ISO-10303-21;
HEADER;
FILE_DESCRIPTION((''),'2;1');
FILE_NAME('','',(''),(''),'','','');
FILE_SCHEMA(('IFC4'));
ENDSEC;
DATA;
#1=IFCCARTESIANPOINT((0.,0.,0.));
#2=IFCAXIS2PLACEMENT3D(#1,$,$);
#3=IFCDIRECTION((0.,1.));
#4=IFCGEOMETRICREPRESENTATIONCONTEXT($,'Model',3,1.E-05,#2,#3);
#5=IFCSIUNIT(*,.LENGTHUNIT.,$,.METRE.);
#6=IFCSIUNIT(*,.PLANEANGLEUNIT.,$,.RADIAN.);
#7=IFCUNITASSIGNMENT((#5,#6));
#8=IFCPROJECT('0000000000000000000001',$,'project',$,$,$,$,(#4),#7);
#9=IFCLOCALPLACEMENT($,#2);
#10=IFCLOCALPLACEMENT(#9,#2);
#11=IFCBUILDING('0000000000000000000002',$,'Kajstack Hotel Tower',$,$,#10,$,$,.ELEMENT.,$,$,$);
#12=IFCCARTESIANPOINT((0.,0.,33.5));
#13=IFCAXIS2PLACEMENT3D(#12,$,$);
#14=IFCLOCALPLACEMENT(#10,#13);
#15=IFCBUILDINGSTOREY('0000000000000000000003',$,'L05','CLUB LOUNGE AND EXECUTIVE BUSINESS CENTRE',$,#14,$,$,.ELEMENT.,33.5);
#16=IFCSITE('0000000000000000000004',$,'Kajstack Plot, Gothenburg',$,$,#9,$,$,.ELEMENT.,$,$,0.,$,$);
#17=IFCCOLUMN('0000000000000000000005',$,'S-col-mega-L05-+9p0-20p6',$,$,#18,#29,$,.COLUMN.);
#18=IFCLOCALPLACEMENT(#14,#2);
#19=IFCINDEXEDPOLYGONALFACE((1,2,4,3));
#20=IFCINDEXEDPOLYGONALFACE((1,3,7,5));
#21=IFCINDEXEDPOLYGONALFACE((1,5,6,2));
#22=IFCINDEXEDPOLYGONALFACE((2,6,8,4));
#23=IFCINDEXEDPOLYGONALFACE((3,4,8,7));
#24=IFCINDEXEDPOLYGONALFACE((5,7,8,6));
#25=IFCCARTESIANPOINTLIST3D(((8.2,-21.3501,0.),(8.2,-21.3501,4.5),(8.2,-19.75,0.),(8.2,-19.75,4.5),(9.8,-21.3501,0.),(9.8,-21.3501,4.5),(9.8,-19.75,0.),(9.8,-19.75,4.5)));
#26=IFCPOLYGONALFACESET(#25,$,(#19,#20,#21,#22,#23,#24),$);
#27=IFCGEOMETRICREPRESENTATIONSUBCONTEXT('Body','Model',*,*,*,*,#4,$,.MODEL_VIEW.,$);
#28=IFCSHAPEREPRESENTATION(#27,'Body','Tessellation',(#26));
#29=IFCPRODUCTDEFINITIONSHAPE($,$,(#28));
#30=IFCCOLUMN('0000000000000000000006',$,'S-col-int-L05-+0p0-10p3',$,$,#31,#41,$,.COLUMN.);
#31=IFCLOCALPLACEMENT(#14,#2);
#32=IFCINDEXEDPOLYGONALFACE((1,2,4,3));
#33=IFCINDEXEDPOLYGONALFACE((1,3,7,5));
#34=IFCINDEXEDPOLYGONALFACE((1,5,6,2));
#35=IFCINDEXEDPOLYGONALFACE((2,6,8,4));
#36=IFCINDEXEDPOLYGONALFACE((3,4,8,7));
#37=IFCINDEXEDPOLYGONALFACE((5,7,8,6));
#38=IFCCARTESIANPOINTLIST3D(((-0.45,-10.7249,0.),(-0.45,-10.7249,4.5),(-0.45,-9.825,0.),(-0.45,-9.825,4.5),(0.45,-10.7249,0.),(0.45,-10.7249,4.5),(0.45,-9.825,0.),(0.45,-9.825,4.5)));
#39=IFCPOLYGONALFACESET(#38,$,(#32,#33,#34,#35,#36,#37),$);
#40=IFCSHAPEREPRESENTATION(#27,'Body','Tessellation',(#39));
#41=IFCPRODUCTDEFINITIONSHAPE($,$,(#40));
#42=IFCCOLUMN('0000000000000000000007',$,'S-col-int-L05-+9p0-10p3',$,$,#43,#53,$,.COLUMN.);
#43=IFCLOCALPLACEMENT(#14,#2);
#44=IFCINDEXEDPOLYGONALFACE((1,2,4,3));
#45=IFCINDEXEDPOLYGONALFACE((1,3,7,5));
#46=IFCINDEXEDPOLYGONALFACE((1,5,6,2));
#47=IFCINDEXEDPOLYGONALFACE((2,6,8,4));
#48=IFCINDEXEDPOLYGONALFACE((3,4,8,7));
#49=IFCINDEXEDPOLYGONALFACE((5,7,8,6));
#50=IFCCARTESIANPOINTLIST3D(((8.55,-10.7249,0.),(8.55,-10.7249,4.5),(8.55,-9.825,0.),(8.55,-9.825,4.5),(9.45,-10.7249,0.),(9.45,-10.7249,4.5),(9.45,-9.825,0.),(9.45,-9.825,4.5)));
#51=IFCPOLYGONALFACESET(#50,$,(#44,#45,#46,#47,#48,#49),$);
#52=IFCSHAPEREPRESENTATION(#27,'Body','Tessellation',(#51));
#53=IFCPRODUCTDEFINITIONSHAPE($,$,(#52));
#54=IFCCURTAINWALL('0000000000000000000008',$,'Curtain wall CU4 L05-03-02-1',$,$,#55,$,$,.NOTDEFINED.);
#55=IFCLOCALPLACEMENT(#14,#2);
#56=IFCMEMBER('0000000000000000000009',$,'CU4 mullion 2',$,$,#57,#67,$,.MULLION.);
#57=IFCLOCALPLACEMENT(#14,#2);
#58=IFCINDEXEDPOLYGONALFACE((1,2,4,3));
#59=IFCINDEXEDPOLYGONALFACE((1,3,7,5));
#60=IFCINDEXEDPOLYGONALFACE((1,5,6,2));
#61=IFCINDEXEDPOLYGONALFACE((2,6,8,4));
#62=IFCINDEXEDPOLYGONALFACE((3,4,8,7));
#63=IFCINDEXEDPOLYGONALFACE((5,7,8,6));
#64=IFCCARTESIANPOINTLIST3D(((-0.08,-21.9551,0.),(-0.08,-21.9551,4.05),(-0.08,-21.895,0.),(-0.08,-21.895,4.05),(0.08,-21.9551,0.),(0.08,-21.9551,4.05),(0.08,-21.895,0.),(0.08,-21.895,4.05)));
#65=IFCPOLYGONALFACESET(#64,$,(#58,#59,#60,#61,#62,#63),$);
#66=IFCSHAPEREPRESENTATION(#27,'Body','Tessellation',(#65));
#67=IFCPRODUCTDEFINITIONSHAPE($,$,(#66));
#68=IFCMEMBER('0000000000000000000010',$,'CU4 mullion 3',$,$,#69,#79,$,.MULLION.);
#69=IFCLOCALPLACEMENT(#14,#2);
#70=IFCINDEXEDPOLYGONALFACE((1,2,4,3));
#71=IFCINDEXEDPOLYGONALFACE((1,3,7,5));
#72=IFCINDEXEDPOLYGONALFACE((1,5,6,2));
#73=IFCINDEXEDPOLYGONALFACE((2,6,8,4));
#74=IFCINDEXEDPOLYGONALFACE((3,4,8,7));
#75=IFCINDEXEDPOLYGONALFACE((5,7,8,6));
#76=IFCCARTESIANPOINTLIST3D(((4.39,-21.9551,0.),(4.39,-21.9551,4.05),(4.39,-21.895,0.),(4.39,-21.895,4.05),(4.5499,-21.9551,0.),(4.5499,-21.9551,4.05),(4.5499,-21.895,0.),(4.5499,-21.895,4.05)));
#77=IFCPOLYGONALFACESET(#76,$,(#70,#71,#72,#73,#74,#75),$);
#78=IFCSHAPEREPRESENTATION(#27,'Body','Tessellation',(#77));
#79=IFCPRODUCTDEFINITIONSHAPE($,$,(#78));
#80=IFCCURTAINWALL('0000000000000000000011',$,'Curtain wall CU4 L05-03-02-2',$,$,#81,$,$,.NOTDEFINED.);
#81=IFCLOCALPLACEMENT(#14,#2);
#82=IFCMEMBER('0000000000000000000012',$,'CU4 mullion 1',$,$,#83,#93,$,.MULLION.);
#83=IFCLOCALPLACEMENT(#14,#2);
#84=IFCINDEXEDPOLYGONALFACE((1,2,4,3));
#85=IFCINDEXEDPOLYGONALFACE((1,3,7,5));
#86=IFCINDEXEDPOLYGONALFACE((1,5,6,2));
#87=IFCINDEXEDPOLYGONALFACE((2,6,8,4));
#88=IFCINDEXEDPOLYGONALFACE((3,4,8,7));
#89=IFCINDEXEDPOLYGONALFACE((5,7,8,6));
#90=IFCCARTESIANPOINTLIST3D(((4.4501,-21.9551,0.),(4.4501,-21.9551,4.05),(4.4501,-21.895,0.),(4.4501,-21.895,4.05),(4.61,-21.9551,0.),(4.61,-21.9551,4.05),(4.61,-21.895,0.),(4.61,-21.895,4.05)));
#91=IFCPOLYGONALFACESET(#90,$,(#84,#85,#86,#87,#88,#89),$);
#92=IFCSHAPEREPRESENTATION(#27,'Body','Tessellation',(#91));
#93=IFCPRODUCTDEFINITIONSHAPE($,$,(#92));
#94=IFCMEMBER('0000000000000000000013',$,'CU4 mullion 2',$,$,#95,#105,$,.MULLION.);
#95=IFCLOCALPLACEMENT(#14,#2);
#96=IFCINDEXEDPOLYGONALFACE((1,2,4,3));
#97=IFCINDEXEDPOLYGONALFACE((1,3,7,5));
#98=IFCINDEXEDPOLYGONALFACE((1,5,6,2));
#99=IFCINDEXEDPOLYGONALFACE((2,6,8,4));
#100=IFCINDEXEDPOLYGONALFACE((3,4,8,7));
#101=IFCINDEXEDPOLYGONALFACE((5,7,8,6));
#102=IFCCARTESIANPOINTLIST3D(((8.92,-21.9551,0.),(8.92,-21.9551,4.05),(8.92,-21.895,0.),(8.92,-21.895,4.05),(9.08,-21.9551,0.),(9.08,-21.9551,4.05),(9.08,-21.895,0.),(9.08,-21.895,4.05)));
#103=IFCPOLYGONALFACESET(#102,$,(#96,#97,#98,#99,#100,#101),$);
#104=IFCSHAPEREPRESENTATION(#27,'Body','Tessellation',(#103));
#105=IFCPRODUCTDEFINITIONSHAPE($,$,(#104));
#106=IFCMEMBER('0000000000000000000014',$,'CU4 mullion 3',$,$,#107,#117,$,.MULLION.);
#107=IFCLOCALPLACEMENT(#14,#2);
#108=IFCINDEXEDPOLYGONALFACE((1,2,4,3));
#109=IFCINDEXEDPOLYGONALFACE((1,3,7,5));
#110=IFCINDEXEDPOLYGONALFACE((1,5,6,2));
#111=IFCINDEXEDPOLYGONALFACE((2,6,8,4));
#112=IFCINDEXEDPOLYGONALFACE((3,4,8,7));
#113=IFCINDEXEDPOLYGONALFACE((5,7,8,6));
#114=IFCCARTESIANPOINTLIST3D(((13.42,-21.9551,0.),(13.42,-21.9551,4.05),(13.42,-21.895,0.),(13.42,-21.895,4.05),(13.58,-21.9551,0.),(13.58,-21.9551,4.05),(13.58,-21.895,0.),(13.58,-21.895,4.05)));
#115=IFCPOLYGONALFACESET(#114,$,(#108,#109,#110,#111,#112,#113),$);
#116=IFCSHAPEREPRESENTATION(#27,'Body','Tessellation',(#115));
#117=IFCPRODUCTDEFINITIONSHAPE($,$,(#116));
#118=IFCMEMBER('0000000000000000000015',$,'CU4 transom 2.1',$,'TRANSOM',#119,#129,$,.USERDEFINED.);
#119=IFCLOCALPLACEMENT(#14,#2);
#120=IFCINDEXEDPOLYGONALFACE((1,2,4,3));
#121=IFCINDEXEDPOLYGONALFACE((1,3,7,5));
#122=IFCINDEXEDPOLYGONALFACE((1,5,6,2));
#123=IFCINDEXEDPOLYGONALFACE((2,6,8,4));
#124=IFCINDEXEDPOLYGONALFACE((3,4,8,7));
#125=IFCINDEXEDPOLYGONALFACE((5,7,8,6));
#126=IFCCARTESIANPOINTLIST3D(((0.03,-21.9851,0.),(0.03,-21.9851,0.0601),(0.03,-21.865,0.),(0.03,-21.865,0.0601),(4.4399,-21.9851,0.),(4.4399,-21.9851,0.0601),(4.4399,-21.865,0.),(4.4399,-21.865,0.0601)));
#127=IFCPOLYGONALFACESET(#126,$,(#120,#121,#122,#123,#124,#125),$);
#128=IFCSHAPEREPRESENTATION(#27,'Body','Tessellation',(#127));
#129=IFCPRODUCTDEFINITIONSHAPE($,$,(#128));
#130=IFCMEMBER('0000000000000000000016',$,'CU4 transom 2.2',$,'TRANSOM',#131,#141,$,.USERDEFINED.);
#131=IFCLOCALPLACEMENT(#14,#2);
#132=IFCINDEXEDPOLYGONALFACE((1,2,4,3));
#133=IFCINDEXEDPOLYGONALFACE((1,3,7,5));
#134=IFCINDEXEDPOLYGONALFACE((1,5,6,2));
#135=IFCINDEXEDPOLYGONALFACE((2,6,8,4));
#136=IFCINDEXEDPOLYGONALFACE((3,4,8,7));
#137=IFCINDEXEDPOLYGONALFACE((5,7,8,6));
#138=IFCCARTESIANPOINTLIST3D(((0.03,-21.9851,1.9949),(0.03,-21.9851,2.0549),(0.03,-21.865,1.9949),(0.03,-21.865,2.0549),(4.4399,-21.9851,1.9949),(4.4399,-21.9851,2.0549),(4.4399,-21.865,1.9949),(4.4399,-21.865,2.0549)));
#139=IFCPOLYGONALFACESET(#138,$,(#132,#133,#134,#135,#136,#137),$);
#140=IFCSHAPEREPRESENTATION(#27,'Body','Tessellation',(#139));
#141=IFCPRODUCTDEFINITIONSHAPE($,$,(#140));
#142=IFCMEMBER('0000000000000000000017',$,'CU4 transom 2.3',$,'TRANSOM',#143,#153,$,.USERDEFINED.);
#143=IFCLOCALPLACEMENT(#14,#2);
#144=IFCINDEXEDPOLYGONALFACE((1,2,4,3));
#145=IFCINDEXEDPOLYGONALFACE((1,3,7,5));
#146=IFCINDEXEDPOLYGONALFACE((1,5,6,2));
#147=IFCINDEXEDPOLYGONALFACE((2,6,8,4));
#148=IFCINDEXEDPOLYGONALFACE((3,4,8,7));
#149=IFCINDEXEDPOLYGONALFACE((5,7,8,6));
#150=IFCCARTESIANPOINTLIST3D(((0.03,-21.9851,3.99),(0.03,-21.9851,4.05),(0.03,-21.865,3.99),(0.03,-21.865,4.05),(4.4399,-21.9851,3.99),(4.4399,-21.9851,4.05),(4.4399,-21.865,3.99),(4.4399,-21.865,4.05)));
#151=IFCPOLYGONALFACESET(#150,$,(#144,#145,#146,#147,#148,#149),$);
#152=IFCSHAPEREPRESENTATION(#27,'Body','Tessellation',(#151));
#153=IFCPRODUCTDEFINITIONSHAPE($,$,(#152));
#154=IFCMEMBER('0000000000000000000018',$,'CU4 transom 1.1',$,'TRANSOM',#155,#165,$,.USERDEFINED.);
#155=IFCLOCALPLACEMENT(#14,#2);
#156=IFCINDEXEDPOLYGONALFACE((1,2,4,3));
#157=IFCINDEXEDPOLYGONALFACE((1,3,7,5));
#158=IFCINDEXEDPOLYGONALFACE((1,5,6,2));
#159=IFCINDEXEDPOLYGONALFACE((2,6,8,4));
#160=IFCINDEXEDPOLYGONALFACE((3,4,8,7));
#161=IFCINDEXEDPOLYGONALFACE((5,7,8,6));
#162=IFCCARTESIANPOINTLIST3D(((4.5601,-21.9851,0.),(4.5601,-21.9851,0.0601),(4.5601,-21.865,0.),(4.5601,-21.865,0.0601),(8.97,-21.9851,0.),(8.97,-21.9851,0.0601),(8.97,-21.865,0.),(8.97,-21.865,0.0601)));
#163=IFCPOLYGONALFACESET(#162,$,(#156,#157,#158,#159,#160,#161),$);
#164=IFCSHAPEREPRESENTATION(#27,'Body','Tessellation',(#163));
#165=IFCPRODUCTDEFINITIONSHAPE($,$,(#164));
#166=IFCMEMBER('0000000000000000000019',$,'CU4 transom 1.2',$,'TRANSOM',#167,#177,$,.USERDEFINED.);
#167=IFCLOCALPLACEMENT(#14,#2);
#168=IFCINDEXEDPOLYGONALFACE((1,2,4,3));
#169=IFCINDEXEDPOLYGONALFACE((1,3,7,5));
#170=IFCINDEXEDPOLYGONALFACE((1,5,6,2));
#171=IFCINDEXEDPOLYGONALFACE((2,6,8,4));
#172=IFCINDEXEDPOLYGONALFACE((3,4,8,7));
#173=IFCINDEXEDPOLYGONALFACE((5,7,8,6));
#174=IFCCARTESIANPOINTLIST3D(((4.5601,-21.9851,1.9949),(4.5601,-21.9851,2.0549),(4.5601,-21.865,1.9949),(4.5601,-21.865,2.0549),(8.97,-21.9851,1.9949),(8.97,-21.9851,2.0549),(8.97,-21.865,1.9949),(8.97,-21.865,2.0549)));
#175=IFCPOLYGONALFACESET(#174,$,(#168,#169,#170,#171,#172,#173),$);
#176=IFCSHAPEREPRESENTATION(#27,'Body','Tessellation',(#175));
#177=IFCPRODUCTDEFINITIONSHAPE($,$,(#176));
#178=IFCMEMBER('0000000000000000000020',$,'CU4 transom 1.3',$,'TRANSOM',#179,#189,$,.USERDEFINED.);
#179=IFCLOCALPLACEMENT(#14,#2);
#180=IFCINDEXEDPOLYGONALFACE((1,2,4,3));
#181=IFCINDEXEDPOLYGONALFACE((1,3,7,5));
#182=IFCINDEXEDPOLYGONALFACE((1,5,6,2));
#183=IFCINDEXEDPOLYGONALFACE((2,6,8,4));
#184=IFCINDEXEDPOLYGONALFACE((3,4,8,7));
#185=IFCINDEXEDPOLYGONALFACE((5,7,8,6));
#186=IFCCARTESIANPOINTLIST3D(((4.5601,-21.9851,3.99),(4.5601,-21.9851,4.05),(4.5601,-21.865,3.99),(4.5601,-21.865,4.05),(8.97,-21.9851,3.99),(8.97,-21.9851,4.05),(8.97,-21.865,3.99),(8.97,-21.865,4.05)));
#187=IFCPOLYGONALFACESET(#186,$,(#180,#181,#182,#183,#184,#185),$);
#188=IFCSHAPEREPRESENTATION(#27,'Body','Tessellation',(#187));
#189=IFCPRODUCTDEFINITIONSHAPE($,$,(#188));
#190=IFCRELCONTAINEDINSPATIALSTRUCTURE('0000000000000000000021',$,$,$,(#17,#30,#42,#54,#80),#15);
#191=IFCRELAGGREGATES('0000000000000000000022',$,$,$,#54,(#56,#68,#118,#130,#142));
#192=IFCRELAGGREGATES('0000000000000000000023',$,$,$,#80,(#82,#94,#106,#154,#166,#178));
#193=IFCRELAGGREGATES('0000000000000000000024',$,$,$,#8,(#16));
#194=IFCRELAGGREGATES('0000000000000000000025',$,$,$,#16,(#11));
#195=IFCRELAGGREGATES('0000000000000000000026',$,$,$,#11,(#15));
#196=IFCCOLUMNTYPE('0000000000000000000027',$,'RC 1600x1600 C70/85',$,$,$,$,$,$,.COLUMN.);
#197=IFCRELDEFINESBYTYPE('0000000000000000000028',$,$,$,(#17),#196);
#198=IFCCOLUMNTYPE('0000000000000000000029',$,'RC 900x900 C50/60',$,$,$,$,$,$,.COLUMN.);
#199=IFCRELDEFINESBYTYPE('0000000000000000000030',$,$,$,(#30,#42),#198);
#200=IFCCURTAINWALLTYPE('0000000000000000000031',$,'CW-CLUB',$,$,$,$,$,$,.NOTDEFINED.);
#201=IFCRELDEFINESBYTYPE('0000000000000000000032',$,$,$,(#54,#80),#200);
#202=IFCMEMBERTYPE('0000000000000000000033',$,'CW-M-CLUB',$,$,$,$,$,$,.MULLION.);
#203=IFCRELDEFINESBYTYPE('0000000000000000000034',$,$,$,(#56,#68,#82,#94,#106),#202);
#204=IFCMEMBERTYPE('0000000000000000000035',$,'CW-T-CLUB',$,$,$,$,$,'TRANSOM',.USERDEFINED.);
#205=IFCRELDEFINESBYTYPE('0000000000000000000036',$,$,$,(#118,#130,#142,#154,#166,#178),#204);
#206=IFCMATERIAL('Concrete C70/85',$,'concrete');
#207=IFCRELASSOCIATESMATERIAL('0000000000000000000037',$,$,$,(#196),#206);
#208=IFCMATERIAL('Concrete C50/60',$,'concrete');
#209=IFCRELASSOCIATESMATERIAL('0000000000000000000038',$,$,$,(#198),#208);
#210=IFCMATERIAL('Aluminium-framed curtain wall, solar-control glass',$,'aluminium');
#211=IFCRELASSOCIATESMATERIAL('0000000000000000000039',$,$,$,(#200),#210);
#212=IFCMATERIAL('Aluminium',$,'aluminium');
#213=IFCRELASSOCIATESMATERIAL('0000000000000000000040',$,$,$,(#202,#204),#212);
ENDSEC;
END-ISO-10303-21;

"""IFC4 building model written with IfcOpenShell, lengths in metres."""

from ifc_helpers import new_model, si_unit, direction, frame, origin, origin_2d, place, context, subcontext, project, spatial, rectangle, extrude, material, material_profile, profile_set, type_object, element, aggregate, save


model = new_model("IFC4")

# Units and contexts
model_context = context("Model", 3, precision=1e-05, world=origin(), true_north=direction((0.0, 1.0)))
body_context = subcontext(model_context, "Body", "Model", "MODEL_VIEW")
ifc_project = project(units=[si_unit("LENGTHUNIT", "METRE"), si_unit("PLANEANGLEUNIT", "RADIAN")], contexts=[model_context])

# Site, building, storey
site_placement = place(None, origin())
site = spatial("IfcSite", under=ifc_project, at=site_placement, Name="Kajstack Plot, Gothenburg", CompositionType="ELEMENT", RefElevation=0.0)
building_placement = place(site_placement, origin())
building = spatial("IfcBuilding", under=site, at=building_placement, Name="Kajstack Hotel Tower", CompositionType="ELEMENT")
storey_placement = place(building_placement, frame((0.0, 0.0, 33.5)))
storey = spatial("IfcBuildingStorey", under=building, at=storey_placement, Name="L05", Description="CLUB LOUNGE AND EXECUTIVE BUSINESS CENTRE", CompositionType="ELEMENT", Elevation=33.5)

# Columns
ifc_material_1 = material(Name="Concrete C70/85", Category="concrete")
ifc_material_profile_1 = material_profile(ifc_material_1, rectangle(XDim=1.6001, YDim=1.6001, at=origin_2d()), Name="RC 1600x1600")
ifc_profile_set_1 = profile_set([ifc_material_profile_1], Name="Concrete C70/85")
column_type_1 = type_object("IfcColumnType", Name="RC 1600x1600 C70/85", PredefinedType="COLUMN", material=ifc_profile_set_1)
column_placement = place(storey_placement, frame((9.0, -20.55, 0.0), z_axis=(0.0, 0.0, 1.0), x_axis=(1.0, 0.0, 0.0)))
element("IfcColumn", 1, at=column_placement, inside=storey, type_object=column_type_1, Name="S-col-mega-L05-+9p0-20p6", PredefinedType="COLUMN", context=body_context, shape_type="SweptSolid", body=[
    extrude(rectangle(XDim=1.6001, YDim=1.6001, at=origin_2d()), origin(), (0.0, 0.0, 1.0), 4.5),
])
ifc_material_2 = material(Name="Concrete C50/60", Category="concrete")
ifc_material_profile_2 = material_profile(ifc_material_2, rectangle(XDim=0.8999, YDim=0.8999, at=origin_2d()), Name="RC 900x900")
ifc_profile_set_2 = profile_set([ifc_material_profile_2], Name="Concrete C50/60")
column_type_2 = type_object("IfcColumnType", Name="RC 900x900 C50/60", PredefinedType="COLUMN", material=ifc_profile_set_2)
for number, where, z_axis, x_axis, name in (
    (2, (0.0, -10.2749, 0.0), (0.0, 0.0, 1.0), (1.0, 0.0, 0.0), "S-col-int-L05-+0p0-10p3"),
    (3, (9.0, -10.2749, 0.0), (0.0, 0.0, 1.0), (1.0, 0.0, 0.0), "S-col-int-L05-+9p0-10p3"),
):
    element("IfcColumn", number, at=place(storey_placement, frame(where, z_axis=z_axis, x_axis=x_axis)), inside=storey, type_object=column_type_2, Name=name, PredefinedType="COLUMN", context=body_context, shape_type="SweptSolid", body=[
        extrude(rectangle(XDim=0.8999, YDim=0.8999, at=origin_2d()), origin(), (0.0, 0.0, 1.0), 4.5),
    ])

# Curtain walls, members
ifc_material_3 = material(Name="Aluminium-framed curtain wall, solar-control glass", Category="aluminium")
curtain_wall_type = type_object("IfcCurtainWallType", Name="CW-CLUB", PredefinedType="NOTDEFINED", material=ifc_material_3)
curtain_wall_1_placement = place(storey_placement, origin())
curtain_wall_1 = element("IfcCurtainWall", 4, at=curtain_wall_1_placement, inside=storey, type_object=curtain_wall_type, Name="Curtain wall CU4 L05-03-02-1", PredefinedType="NOTDEFINED")
ifc_material_4 = material(Name="Aluminium", Category="aluminium")
ifc_material_profile_3 = material_profile(ifc_material_4, rectangle(XDim=0.0601, YDim=0.1599, at=origin_2d()), Name="Aluminium mullion 60 x 160")
ifc_profile_set_3 = profile_set([ifc_material_profile_3], Name="Aluminium")
member_type_1 = type_object("IfcMemberType", Name="CW-M-CLUB", PredefinedType="MULLION", material=ifc_profile_set_3)
member_1_placement = place(storey_placement, frame((0.0, -21.925, 0.0), z_axis=(0.0, 0.0, 1.0), x_axis=(0.0, 1.0, 0.0)))
member_1 = element("IfcMember", 5, at=member_1_placement, type_object=member_type_1, Name="CU4 mullion 2", PredefinedType="MULLION", context=body_context, shape_type="SweptSolid", body=[
    extrude(rectangle(XDim=0.0601, YDim=0.1599, at=origin_2d()), origin(), (0.0, 0.0, 1.0), 4.05),
])
member_2_placement = place(storey_placement, frame((4.47, -21.925, 0.0), z_axis=(0.0, 0.0, 1.0), x_axis=(0.0, 1.0, 0.0)))
member_2 = element("IfcMember", 6, at=member_2_placement, type_object=member_type_1, Name="CU4 mullion 3", PredefinedType="MULLION", context=body_context, shape_type="SweptSolid", body=[
    extrude(rectangle(XDim=0.0601, YDim=0.1599, at=origin_2d()), origin(), (0.0, 0.0, 1.0), 4.05),
])
curtain_wall_2_placement = place(storey_placement, origin())
curtain_wall_2 = element("IfcCurtainWall", 7, at=curtain_wall_2_placement, inside=storey, type_object=curtain_wall_type, Name="Curtain wall CU4 L05-03-02-2", PredefinedType="NOTDEFINED")
member_3_placement = place(storey_placement, frame((4.53, -21.925, 0.0), z_axis=(0.0, 0.0, 1.0), x_axis=(0.0, 1.0, 0.0)))
member_3 = element("IfcMember", 8, at=member_3_placement, type_object=member_type_1, Name="CU4 mullion 1", PredefinedType="MULLION", context=body_context, shape_type="SweptSolid", body=[
    extrude(rectangle(XDim=0.0601, YDim=0.1599, at=origin_2d()), origin(), (0.0, 0.0, 1.0), 4.05),
])
member_4_placement = place(storey_placement, frame((9.0, -21.925, 0.0), z_axis=(0.0, 0.0, 1.0), x_axis=(0.0, 1.0, 0.0)))
member_4 = element("IfcMember", 9, at=member_4_placement, type_object=member_type_1, Name="CU4 mullion 2", PredefinedType="MULLION", context=body_context, shape_type="SweptSolid", body=[
    extrude(rectangle(XDim=0.0601, YDim=0.1599, at=origin_2d()), origin(), (0.0, 0.0, 1.0), 4.05),
])
member_5_placement = place(storey_placement, frame((13.5, -21.925, 0.0), z_axis=(0.0, 0.0, 1.0), x_axis=(0.0, 1.0, 0.0)))
member_5 = element("IfcMember", 10, at=member_5_placement, type_object=member_type_1, Name="CU4 mullion 3", PredefinedType="MULLION", context=body_context, shape_type="SweptSolid", body=[
    extrude(rectangle(XDim=0.0601, YDim=0.1599, at=origin_2d()), origin(), (0.0, 0.0, 1.0), 4.05),
])

# Members
ifc_material_profile_4 = material_profile(ifc_material_4, rectangle(XDim=0.1201, YDim=0.0601, at=origin_2d()), Name="Aluminium transom 120 x 60")
ifc_profile_set_4 = profile_set([ifc_material_profile_4], Name="Aluminium")
member_type_2 = type_object("IfcMemberType", Name="CW-T-CLUB", ElementType="TRANSOM", PredefinedType="USERDEFINED", material=ifc_profile_set_4)
member_6_placement = place(storey_placement, frame((0.03, -21.925, 0.03), z_axis=(1.0, 0.0, 0.0), x_axis=(0.0, 1.0, 0.0)))
member_6 = element("IfcMember", 11, at=member_6_placement, type_object=member_type_2, Name="CU4 transom 2.1", ObjectType="TRANSOM", PredefinedType="USERDEFINED", context=body_context, shape_type="SweptSolid", body=[
    extrude(rectangle(XDim=0.1201, YDim=0.0601, at=origin_2d()), origin(), (0.0, 0.0, 1.0), 4.4099),
])
member_7_placement = place(storey_placement, frame((0.03, -21.925, 2.0249), z_axis=(1.0, 0.0, 0.0), x_axis=(0.0, 1.0, 0.0)))
member_7 = element("IfcMember", 12, at=member_7_placement, type_object=member_type_2, Name="CU4 transom 2.2", ObjectType="TRANSOM", PredefinedType="USERDEFINED", context=body_context, shape_type="SweptSolid", body=[
    extrude(rectangle(XDim=0.1201, YDim=0.0601, at=origin_2d()), origin(), (0.0, 0.0, 1.0), 4.4099),
])
member_8_placement = place(storey_placement, frame((0.03, -21.925, 4.02), z_axis=(1.0, 0.0, 0.0), x_axis=(0.0, 1.0, 0.0)))
member_8 = element("IfcMember", 13, at=member_8_placement, type_object=member_type_2, Name="CU4 transom 2.3", ObjectType="TRANSOM", PredefinedType="USERDEFINED", context=body_context, shape_type="SweptSolid", body=[
    extrude(rectangle(XDim=0.1201, YDim=0.0601, at=origin_2d()), origin(), (0.0, 0.0, 1.0), 4.4099),
])
member_9_placement = place(storey_placement, frame((4.5601, -21.925, 0.03), z_axis=(1.0, 0.0, 0.0), x_axis=(0.0, 1.0, 0.0)))
member_9 = element("IfcMember", 14, at=member_9_placement, type_object=member_type_2, Name="CU4 transom 1.1", ObjectType="TRANSOM", PredefinedType="USERDEFINED", context=body_context, shape_type="SweptSolid", body=[
    extrude(rectangle(XDim=0.1201, YDim=0.0601, at=origin_2d()), origin(), (0.0, 0.0, 1.0), 4.4099),
])
member_10_placement = place(storey_placement, frame((4.5601, -21.925, 2.0249), z_axis=(1.0, 0.0, 0.0), x_axis=(0.0, 1.0, 0.0)))
member_10 = element("IfcMember", 15, at=member_10_placement, type_object=member_type_2, Name="CU4 transom 1.2", ObjectType="TRANSOM", PredefinedType="USERDEFINED", context=body_context, shape_type="SweptSolid", body=[
    extrude(rectangle(XDim=0.1201, YDim=0.0601, at=origin_2d()), origin(), (0.0, 0.0, 1.0), 4.4099),
])
member_11_placement = place(storey_placement, frame((4.5601, -21.925, 4.02), z_axis=(1.0, 0.0, 0.0), x_axis=(0.0, 1.0, 0.0)))
member_11 = element("IfcMember", 16, at=member_11_placement, type_object=member_type_2, Name="CU4 transom 1.3", ObjectType="TRANSOM", PredefinedType="USERDEFINED", context=body_context, shape_type="SweptSolid", body=[
    extrude(rectangle(XDim=0.1201, YDim=0.0601, at=origin_2d()), origin(), (0.0, 0.0, 1.0), 4.4099),
])

aggregate(curtain_wall_1, [member_1, member_2, member_6, member_7, member_8])
aggregate(curtain_wall_2, [member_3, member_4, member_5, member_9, member_10, member_11])

save(model, "model.ifc")
